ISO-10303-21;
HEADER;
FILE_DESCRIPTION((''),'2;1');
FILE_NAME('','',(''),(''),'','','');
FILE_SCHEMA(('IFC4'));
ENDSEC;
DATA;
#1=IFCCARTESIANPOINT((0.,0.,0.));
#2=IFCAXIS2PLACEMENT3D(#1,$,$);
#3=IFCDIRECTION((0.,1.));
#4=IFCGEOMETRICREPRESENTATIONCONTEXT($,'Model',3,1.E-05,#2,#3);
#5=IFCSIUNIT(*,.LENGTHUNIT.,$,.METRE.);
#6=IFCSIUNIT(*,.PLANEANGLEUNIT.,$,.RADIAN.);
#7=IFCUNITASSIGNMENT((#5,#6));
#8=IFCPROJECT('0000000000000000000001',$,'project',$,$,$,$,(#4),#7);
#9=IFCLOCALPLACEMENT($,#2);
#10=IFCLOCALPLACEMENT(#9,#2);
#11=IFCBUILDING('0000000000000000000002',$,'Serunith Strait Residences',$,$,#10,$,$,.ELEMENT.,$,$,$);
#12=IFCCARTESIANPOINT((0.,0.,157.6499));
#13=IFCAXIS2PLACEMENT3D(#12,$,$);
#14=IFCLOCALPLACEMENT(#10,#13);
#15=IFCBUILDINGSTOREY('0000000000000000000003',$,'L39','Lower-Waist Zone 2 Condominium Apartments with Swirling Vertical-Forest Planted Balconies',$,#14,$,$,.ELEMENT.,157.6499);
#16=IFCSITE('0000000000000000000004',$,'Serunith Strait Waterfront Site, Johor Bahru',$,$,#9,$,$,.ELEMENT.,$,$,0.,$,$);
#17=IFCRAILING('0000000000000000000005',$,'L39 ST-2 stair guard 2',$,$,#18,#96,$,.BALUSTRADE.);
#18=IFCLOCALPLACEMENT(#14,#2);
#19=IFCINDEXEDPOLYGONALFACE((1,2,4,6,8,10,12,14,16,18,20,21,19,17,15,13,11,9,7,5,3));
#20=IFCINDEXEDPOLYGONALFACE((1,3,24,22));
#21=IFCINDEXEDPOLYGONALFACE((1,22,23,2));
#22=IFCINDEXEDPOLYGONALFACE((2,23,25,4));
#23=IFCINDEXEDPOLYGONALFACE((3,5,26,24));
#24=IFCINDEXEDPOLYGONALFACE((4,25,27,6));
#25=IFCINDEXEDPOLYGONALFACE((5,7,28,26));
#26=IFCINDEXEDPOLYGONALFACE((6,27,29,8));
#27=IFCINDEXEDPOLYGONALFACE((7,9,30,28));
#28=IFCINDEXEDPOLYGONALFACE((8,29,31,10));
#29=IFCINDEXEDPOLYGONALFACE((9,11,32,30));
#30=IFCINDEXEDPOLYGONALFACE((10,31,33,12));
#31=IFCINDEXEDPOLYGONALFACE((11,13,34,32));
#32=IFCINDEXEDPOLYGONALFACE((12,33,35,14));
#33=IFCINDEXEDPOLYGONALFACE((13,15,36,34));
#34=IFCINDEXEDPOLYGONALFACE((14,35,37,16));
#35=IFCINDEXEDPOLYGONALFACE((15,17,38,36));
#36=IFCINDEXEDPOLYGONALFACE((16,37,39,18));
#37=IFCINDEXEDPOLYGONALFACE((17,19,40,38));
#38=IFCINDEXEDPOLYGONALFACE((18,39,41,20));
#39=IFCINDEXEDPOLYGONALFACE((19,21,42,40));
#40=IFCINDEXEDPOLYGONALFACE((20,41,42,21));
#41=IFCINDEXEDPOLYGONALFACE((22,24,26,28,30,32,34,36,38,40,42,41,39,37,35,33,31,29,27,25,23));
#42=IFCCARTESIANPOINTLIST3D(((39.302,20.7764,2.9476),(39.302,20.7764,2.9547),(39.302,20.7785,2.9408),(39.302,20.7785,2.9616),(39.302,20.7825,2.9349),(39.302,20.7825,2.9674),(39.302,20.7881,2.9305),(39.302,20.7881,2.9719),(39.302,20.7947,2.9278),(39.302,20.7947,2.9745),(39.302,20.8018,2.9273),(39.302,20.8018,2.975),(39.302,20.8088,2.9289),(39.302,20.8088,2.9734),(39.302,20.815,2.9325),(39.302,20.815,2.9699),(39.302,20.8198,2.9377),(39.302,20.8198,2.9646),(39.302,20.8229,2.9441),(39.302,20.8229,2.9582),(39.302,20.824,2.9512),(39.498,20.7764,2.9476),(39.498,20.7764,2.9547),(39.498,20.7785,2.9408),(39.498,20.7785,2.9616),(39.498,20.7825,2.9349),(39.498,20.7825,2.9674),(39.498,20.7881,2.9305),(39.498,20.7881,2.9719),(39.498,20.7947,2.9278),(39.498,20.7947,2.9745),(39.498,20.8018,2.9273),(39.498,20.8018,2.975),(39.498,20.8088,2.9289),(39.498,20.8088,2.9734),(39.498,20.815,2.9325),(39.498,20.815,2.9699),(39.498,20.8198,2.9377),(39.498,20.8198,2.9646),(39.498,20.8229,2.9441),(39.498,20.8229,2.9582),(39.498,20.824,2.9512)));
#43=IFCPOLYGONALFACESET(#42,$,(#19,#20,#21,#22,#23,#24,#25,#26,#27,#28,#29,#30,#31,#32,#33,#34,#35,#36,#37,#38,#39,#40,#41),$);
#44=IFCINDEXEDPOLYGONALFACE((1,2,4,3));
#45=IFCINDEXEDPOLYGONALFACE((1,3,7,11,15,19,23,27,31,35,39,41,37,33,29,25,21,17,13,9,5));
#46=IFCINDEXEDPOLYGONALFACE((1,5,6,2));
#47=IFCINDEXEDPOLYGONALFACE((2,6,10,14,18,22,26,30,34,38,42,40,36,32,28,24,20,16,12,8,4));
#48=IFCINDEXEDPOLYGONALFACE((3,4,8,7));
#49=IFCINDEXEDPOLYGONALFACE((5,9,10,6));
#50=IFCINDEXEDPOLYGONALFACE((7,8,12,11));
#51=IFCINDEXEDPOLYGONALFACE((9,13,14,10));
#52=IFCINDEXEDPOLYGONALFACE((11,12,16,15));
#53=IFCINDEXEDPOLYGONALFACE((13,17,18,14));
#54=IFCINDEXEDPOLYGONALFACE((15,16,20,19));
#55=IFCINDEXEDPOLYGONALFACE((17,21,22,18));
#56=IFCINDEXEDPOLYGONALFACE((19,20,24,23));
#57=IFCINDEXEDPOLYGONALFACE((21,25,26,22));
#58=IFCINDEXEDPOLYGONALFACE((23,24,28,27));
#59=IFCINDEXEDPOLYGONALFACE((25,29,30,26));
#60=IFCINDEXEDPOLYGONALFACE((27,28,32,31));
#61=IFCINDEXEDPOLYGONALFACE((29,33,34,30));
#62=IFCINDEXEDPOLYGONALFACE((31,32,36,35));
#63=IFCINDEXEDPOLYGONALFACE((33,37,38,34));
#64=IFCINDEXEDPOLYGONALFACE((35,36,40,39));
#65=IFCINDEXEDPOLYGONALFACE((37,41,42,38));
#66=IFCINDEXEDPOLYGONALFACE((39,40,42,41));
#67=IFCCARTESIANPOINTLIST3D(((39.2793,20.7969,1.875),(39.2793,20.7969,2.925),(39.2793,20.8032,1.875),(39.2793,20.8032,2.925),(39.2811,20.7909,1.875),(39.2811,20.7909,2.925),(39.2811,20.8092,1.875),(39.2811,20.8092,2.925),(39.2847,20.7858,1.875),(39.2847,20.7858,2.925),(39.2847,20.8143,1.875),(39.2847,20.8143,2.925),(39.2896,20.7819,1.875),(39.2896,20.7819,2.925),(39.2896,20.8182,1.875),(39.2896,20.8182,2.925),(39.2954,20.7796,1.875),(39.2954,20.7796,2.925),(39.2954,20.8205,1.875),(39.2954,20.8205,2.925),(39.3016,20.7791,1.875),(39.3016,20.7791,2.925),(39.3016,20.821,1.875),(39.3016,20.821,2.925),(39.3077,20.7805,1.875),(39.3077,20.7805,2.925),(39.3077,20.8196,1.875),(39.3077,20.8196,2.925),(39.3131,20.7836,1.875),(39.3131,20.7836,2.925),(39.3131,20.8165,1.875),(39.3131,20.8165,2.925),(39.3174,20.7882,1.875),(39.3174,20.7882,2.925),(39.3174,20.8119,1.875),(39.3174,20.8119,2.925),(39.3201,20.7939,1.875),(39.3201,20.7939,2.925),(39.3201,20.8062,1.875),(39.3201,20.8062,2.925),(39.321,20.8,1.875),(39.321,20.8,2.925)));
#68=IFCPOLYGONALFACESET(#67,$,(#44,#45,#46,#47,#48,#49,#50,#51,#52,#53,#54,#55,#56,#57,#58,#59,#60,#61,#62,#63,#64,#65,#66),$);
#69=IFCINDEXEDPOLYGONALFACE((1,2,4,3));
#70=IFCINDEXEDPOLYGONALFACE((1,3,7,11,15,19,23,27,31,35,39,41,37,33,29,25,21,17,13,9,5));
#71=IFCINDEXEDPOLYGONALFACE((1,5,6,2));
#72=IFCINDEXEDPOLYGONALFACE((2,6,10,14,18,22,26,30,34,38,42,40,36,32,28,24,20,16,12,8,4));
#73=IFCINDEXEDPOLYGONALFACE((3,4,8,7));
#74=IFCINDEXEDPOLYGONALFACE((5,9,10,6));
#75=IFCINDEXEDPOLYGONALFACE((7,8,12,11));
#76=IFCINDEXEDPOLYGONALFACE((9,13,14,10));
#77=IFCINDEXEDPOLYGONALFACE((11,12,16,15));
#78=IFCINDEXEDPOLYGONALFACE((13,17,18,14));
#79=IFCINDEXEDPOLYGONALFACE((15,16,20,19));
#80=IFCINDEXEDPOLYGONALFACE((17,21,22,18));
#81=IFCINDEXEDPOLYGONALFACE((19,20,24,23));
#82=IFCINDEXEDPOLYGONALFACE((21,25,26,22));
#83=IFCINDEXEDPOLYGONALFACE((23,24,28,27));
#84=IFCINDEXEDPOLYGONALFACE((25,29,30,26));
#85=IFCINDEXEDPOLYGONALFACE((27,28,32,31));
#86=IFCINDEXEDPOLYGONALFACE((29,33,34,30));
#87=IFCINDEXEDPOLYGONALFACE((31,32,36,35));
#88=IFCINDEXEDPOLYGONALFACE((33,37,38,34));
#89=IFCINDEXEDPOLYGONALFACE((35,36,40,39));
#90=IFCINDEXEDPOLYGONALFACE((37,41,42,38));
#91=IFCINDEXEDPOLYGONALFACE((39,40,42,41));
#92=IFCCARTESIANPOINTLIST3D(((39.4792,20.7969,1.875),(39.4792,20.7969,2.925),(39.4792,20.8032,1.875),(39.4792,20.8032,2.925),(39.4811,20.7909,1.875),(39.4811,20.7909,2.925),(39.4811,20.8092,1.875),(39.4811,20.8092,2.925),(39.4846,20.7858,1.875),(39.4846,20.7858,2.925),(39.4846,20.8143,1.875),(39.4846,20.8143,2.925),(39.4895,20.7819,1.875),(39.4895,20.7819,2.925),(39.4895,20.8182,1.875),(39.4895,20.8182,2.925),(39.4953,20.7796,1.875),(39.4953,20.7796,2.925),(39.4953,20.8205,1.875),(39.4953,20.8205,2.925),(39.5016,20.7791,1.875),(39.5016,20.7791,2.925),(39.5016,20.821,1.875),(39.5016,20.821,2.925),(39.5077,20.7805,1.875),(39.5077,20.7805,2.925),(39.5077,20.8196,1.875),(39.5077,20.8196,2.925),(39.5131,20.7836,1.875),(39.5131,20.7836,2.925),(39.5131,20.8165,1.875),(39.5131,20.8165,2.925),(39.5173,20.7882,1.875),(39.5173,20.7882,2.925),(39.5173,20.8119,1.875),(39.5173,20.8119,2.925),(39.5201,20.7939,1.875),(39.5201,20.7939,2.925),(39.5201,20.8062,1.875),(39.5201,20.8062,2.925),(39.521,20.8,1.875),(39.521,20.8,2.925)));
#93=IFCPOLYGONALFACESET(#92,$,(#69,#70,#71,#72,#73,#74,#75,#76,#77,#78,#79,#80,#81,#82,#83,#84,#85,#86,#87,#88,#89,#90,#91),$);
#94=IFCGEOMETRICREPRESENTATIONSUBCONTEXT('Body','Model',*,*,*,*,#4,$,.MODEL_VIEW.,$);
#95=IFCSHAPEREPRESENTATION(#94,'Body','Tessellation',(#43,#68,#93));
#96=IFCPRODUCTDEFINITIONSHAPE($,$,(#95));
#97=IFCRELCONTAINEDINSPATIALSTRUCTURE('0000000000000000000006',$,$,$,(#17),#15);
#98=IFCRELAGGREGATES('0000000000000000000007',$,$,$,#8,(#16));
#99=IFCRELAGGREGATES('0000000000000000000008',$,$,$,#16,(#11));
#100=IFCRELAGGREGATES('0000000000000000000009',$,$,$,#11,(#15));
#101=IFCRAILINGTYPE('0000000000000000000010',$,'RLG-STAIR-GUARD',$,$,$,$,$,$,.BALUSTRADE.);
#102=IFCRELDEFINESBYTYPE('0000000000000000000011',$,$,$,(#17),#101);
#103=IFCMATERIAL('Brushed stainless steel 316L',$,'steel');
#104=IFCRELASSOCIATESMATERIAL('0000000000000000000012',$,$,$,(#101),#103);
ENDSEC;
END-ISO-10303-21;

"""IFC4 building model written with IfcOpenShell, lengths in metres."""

from ifc_helpers import new_model, si_unit, direction, frame, origin, origin_2d, place, context, subcontext, project, spatial, circle, extrude, material, type_object, element, save


model = new_model("IFC4")

# Units and contexts
model_context = context("Model", 3, precision=1e-05, world=origin(), true_north=direction((0.0, 1.0)))
body_context = subcontext(model_context, "Body", "Model", "MODEL_VIEW")
ifc_project = project(units=[si_unit("LENGTHUNIT", "METRE"), si_unit("PLANEANGLEUNIT", "RADIAN")], contexts=[model_context])

# Site, building, storey
site_placement = place(None, origin())
site = spatial("IfcSite", under=ifc_project, at=site_placement, Name="Serunith Strait Waterfront Site, Johor Bahru", CompositionType="ELEMENT", RefElevation=0.0)
building_placement = place(site_placement, origin())
building = spatial("IfcBuilding", under=site, at=building_placement, Name="Serunith Strait Residences", CompositionType="ELEMENT")
storey_placement = place(building_placement, frame((0.0, 0.0, 157.6499)))
storey = spatial("IfcBuildingStorey", under=building, at=storey_placement, Name="L39", Description="Lower-Waist Zone 2 Condominium Apartments with Swirling Vertical-Forest Planted Balconies", CompositionType="ELEMENT", Elevation=157.6499)

# Railing
ifc_material_1 = material(Name="Brushed stainless steel 316L", Category="steel")
railing_type_1 = type_object("IfcRailingType", Name="RLG-STAIR-GUARD", PredefinedType="BALUSTRADE", material=ifc_material_1)
railing_1_placement = place(storey_placement, frame((39.3, 20.8, 1.875)))
element("IfcRailing", 1, at=railing_1_placement, inside=storey, type_object=railing_type_1, Name="L39 ST-2 stair guard 2", PredefinedType="BALUSTRADE", context=body_context, shape_type="SweptSolid", body=[
    extrude(circle(Radius=0.0239, at=origin_2d()), frame((0.002, 0.0, 1.0762), z_axis=(1.0, 0.0, 0.0), x_axis=(0.0, 1.0, 0.0)), (0.0, 0.0, 1.0), 0.196),
    extrude(circle(Radius=0.021, at=origin_2d()), origin(), (0.0, 0.0, 1.0), 1.05),
    extrude(circle(Radius=0.021, at=origin_2d()), frame((0.2, 0.0, 0.0)), (0.0, 0.0, 1.0), 1.05),
])

save(model, "model.ifc")
